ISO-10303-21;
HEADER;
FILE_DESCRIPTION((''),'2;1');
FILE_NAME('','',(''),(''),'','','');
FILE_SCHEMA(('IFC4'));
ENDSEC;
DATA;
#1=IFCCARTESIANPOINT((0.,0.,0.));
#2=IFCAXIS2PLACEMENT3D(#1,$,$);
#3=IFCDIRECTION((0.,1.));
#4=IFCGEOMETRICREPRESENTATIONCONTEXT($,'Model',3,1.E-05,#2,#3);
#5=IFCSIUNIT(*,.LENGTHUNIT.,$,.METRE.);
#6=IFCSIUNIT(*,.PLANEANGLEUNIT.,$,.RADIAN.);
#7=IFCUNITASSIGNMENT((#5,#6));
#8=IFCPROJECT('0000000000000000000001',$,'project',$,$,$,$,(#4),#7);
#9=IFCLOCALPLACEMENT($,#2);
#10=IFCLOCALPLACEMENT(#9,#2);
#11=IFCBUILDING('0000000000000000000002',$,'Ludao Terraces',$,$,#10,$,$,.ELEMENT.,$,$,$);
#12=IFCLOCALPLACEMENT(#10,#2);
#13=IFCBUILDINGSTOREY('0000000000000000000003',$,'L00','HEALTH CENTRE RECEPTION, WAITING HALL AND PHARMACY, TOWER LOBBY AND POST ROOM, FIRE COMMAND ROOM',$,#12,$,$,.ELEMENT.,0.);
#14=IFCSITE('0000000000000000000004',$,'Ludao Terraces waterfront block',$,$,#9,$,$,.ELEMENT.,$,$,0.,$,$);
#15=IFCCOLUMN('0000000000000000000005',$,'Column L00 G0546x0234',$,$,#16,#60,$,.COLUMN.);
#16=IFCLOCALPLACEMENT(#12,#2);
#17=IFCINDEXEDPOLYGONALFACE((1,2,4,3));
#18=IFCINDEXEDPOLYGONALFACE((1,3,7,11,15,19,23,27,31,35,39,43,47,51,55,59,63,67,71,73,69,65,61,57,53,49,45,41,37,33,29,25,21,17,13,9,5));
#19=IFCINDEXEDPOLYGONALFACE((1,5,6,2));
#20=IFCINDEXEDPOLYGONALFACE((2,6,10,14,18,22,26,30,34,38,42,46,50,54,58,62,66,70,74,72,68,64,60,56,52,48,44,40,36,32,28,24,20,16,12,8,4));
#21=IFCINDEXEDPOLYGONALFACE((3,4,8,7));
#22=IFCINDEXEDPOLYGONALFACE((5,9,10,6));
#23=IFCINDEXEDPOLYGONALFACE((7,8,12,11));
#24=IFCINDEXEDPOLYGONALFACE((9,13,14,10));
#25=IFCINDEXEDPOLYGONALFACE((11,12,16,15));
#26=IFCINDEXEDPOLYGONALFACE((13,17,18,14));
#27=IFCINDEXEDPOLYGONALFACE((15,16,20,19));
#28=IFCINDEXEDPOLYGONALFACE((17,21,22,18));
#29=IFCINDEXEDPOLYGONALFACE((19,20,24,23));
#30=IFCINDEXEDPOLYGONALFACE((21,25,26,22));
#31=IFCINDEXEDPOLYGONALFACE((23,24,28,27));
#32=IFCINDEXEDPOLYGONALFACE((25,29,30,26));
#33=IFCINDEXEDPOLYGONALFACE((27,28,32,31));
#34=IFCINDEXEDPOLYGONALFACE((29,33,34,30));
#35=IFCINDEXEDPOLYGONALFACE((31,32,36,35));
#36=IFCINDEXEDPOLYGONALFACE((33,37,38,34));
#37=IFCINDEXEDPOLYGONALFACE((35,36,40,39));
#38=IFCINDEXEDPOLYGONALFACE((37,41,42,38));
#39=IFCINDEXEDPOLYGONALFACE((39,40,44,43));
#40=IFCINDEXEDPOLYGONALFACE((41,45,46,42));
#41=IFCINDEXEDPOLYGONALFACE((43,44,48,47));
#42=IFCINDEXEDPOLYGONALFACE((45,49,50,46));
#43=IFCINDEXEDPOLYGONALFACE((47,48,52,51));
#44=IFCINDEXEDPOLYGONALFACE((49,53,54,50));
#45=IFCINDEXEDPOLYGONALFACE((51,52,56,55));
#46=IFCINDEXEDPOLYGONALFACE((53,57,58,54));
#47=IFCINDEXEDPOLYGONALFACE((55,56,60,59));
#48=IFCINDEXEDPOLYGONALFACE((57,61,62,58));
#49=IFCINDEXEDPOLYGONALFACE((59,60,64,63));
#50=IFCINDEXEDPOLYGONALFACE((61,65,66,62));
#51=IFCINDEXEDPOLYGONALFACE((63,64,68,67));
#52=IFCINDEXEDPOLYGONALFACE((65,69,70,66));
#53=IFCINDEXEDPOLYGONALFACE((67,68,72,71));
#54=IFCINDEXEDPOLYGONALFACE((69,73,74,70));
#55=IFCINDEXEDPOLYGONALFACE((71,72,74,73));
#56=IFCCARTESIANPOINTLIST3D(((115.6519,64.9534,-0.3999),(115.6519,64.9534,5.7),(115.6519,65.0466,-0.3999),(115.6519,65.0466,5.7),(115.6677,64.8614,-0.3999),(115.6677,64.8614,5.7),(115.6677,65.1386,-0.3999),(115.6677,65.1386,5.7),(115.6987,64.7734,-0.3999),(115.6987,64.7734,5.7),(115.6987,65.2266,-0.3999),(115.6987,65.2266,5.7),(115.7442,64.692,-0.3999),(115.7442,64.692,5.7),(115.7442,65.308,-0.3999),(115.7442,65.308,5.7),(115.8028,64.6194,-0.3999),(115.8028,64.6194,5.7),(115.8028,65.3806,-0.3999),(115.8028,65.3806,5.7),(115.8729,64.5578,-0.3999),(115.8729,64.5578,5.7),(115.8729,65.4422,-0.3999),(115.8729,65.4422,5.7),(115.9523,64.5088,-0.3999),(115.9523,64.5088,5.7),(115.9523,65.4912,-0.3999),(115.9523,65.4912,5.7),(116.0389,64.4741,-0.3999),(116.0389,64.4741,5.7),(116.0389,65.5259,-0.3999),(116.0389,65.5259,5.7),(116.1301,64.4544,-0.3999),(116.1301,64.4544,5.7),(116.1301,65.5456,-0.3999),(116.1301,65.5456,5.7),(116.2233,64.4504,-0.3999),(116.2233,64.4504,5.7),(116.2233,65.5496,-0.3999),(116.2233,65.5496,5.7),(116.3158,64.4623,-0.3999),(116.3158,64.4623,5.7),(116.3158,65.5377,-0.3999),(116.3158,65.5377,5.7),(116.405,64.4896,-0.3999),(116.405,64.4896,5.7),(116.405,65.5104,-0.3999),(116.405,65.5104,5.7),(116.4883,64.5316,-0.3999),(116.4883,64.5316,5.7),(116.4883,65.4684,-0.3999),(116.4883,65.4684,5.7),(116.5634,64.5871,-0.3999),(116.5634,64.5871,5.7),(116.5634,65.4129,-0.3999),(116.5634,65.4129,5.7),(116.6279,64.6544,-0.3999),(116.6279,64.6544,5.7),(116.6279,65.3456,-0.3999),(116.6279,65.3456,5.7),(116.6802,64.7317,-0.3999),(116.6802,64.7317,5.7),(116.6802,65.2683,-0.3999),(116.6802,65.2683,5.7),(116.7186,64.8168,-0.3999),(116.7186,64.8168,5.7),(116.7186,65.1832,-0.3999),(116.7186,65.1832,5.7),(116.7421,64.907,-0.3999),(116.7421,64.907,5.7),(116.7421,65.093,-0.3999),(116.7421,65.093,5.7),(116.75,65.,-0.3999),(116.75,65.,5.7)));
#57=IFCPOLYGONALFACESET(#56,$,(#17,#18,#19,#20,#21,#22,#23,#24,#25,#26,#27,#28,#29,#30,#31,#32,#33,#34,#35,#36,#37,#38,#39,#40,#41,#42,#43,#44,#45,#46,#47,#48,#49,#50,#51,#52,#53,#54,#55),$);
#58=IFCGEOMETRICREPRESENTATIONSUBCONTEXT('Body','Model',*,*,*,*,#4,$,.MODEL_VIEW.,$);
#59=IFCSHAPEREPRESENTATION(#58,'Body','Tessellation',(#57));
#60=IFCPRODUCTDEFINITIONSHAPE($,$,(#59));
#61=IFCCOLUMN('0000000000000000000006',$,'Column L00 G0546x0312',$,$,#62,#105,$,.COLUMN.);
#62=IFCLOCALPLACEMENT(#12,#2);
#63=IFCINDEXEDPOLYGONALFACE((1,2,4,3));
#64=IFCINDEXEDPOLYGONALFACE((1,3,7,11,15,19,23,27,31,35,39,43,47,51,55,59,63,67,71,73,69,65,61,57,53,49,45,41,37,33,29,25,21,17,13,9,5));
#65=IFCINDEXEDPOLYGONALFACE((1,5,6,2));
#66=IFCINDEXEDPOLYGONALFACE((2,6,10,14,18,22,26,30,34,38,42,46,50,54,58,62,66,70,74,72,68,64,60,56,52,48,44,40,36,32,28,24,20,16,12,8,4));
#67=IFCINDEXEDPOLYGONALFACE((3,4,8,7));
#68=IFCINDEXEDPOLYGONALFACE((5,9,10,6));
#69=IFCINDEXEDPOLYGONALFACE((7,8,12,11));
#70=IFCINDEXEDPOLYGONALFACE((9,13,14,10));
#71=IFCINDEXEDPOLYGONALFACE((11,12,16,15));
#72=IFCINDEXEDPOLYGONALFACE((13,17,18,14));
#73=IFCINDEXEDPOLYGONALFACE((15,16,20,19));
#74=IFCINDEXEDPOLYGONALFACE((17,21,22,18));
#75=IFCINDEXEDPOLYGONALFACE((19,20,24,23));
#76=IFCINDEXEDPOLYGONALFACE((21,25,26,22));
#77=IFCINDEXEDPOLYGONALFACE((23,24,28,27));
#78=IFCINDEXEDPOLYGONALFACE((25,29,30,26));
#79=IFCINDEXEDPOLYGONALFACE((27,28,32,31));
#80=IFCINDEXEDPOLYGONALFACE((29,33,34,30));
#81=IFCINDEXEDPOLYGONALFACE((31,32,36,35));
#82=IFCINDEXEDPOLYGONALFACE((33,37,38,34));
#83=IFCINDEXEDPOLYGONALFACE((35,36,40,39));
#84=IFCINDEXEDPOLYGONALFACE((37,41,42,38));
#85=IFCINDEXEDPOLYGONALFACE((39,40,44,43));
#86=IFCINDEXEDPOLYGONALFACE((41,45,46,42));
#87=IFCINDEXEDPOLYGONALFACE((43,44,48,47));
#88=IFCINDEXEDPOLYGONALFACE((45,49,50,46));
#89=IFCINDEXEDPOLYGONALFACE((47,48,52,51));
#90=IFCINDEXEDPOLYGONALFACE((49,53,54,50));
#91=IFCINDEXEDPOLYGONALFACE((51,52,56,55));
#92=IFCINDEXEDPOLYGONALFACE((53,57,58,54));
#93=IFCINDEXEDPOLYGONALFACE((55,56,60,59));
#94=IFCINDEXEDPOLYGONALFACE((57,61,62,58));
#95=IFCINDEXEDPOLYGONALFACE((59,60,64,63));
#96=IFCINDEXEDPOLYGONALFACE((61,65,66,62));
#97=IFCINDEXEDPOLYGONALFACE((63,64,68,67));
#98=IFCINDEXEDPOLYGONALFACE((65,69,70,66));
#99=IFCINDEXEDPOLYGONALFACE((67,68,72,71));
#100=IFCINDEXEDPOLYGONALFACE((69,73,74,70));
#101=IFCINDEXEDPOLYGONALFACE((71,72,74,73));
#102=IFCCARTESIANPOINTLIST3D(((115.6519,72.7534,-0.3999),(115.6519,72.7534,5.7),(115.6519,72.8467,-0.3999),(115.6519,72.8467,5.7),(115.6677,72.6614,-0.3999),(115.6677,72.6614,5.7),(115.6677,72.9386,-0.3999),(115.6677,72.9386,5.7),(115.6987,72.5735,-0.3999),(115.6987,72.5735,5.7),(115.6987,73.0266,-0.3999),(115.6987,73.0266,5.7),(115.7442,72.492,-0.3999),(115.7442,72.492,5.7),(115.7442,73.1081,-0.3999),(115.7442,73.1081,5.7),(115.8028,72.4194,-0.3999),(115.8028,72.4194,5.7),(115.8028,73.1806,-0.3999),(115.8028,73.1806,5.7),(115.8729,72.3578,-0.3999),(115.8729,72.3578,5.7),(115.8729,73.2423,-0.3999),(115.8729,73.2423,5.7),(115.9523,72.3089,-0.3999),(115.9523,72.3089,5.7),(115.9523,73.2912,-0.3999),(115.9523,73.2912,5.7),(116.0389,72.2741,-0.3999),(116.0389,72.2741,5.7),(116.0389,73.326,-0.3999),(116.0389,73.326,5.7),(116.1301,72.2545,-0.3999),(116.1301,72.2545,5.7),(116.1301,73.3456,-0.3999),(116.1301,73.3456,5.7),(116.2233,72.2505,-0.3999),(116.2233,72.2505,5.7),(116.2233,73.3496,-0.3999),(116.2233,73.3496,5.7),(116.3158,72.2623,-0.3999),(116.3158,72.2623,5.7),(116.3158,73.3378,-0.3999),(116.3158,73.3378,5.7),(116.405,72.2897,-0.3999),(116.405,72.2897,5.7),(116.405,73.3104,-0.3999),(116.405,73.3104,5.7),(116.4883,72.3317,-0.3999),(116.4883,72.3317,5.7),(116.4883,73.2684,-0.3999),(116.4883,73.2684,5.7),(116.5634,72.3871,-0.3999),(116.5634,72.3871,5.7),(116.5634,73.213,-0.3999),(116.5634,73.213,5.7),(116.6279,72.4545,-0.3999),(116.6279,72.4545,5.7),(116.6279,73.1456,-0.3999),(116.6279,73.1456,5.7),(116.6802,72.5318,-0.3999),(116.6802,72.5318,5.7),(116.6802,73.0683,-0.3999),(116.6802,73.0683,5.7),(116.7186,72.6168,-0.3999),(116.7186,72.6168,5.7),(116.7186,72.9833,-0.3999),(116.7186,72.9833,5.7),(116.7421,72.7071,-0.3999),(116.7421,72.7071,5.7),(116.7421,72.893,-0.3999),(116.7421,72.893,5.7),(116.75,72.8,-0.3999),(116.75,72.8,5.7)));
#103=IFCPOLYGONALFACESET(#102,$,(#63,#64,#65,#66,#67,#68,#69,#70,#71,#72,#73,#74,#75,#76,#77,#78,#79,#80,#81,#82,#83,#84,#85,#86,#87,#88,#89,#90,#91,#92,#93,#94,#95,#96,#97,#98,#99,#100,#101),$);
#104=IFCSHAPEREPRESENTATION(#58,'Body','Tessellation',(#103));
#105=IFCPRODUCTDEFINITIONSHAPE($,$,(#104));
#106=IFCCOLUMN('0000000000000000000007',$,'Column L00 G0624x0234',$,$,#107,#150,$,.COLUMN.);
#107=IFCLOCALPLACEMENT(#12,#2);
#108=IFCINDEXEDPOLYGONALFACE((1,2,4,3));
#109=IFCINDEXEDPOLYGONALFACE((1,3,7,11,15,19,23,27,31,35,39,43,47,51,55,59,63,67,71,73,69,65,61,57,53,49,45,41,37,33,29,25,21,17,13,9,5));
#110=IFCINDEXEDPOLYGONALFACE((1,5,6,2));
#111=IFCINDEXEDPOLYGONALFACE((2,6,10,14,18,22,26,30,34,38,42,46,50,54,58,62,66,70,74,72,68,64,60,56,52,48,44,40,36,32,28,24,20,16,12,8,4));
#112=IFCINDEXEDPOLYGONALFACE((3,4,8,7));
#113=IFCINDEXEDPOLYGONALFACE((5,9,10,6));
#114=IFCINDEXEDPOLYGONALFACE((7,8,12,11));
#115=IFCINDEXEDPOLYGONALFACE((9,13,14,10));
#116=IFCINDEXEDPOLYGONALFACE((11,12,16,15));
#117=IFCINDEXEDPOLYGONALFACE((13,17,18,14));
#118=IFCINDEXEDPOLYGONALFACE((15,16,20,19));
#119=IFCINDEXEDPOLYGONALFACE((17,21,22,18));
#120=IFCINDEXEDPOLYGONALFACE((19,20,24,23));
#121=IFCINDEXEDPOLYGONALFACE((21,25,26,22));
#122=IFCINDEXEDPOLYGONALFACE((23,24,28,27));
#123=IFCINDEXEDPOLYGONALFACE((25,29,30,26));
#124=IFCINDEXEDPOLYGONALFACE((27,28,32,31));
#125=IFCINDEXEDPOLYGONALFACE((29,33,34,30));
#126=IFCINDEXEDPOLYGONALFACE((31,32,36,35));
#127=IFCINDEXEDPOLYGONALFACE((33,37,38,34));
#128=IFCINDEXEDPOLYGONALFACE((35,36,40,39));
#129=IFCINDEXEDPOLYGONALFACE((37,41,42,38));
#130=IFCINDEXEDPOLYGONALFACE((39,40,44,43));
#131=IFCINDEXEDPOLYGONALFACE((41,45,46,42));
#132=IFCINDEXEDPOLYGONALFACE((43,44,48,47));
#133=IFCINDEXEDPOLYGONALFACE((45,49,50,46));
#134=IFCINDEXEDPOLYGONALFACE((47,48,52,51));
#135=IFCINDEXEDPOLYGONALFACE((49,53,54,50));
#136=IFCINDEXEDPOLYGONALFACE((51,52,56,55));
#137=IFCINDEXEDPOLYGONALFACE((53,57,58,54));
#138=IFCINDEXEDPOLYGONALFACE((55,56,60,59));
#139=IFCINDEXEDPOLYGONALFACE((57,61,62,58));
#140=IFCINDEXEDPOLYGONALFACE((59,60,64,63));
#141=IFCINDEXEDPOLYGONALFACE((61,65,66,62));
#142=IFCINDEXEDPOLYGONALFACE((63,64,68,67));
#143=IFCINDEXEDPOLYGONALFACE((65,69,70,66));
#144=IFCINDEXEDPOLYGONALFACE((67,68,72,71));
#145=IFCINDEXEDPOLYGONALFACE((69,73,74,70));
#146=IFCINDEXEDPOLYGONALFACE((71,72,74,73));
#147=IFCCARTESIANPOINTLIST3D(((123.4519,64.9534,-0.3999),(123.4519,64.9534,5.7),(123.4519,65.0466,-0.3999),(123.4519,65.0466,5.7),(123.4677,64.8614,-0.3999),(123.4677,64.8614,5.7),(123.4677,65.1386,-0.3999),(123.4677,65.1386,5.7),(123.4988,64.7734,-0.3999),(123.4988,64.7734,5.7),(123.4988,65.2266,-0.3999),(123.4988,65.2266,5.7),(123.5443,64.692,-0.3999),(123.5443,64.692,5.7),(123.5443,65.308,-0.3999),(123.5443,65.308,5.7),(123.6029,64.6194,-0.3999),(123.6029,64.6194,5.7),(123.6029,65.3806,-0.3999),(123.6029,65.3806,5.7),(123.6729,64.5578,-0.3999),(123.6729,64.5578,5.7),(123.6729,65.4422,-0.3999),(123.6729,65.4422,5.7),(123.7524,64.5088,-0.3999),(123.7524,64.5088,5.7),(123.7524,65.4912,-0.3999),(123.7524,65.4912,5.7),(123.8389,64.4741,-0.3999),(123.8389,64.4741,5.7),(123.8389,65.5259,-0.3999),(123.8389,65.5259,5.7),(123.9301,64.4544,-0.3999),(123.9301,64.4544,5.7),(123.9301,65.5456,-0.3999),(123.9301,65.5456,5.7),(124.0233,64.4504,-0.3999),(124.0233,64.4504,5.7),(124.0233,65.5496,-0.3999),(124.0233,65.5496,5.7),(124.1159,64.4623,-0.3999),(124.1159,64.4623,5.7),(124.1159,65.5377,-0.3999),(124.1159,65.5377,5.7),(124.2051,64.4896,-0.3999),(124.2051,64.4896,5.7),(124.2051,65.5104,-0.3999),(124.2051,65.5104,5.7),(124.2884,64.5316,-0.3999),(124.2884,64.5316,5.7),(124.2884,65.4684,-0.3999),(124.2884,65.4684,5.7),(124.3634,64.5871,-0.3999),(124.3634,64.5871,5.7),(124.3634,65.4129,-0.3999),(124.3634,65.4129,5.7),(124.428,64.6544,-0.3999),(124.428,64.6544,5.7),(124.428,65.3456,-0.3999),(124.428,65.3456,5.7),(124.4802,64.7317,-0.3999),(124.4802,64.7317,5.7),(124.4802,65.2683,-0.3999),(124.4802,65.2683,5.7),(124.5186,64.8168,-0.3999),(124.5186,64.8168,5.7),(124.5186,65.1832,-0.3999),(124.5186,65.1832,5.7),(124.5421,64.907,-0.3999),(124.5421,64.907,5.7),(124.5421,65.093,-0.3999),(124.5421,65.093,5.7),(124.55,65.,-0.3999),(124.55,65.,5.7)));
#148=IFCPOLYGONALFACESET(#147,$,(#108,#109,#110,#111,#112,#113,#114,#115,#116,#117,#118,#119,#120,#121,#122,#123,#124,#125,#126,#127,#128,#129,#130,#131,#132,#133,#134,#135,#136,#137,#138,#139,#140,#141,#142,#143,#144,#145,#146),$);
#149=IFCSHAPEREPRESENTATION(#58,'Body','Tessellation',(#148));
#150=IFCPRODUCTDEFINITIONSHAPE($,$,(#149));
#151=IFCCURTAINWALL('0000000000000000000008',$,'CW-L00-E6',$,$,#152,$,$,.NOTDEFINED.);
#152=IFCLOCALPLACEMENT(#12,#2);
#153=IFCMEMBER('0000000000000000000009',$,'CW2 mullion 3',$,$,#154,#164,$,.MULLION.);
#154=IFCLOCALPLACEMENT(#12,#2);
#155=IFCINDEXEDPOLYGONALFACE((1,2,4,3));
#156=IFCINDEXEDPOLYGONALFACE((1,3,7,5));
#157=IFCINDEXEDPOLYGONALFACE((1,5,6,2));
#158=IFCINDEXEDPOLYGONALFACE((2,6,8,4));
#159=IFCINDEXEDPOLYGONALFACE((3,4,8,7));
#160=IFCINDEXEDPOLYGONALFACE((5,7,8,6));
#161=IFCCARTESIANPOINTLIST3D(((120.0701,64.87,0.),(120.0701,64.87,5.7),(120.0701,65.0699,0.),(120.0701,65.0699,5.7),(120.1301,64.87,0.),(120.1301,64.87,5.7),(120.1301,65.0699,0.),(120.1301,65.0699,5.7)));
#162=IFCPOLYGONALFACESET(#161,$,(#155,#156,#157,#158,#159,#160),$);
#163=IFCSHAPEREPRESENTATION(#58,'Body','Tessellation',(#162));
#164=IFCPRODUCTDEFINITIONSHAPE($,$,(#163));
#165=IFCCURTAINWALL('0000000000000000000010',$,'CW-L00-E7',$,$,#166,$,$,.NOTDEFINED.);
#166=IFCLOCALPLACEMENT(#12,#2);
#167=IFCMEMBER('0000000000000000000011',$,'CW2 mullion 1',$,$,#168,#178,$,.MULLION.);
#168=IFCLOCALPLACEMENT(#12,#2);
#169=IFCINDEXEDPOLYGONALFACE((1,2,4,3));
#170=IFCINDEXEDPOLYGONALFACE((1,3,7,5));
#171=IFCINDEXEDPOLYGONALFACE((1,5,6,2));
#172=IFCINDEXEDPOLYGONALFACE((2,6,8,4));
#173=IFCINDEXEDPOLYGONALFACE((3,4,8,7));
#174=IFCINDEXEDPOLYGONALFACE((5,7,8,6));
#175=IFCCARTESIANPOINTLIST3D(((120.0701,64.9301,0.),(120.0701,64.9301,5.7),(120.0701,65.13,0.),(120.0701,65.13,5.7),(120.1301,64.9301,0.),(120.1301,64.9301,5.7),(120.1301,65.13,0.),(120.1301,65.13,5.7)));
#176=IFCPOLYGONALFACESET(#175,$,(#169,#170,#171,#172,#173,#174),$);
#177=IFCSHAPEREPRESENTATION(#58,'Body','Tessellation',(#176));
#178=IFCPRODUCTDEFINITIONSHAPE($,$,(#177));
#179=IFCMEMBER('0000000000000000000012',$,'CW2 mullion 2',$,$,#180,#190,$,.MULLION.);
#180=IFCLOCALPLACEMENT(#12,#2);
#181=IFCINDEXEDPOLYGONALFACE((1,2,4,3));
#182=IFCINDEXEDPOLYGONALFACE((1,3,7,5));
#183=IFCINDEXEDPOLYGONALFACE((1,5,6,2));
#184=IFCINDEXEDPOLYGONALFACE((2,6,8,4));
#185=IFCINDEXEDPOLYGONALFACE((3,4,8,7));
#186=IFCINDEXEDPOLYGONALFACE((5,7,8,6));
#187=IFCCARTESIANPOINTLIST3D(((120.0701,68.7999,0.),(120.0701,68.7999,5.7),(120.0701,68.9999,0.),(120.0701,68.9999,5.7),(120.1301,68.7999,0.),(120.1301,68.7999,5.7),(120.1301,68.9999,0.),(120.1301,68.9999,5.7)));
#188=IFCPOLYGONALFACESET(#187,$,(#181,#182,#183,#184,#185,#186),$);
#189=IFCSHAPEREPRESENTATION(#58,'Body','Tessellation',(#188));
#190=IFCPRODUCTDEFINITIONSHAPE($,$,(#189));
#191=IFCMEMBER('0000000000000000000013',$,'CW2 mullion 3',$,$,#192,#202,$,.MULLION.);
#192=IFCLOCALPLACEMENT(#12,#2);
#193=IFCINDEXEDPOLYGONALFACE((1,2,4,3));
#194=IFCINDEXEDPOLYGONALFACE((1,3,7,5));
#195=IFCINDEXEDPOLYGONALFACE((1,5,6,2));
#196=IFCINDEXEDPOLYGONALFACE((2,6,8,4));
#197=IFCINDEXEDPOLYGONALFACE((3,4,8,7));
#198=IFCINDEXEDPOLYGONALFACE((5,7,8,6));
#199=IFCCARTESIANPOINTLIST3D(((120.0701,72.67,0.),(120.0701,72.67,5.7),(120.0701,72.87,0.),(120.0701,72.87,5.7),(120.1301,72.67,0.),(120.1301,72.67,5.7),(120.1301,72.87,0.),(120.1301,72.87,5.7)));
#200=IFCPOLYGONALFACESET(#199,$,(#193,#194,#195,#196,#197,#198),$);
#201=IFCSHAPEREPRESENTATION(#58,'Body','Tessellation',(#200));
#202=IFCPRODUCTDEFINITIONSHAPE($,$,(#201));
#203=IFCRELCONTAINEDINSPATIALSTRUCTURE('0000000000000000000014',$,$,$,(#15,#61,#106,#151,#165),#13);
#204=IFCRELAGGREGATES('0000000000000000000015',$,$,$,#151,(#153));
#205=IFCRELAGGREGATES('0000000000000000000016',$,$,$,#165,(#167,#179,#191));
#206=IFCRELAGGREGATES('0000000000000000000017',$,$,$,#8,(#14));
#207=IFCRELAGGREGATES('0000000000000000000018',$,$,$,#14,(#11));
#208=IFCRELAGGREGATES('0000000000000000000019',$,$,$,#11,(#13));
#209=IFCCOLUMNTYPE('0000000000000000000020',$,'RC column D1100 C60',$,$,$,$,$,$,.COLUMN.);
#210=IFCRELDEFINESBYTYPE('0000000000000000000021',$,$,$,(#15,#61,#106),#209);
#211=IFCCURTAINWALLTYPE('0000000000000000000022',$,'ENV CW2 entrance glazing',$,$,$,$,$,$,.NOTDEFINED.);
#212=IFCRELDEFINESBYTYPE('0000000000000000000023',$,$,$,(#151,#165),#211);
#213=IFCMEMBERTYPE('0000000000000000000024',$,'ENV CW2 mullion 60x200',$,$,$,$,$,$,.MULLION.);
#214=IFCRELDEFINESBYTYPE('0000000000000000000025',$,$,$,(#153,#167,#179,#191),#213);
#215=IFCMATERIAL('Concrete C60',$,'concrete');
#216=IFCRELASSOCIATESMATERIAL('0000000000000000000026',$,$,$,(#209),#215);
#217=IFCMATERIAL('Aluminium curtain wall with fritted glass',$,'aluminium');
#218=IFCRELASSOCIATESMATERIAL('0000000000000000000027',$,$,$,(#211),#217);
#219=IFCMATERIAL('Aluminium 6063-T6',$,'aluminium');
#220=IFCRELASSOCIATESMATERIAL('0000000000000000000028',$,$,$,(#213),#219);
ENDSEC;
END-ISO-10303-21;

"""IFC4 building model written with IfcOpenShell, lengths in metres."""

from ifc_helpers import new_model, si_unit, direction, frame, origin, origin_2d, place, context, subcontext, project, spatial, rectangle, circle, extrude, material, material_profile, profile_set, type_object, element, aggregate, save


model = new_model("IFC4")

# Units and contexts
model_context = context("Model", 3, precision=1e-05, world=origin(), true_north=direction((0.0, 1.0)))
body_context = subcontext(model_context, "Body", "Model", "MODEL_VIEW")
ifc_project = project(units=[si_unit("LENGTHUNIT", "METRE"), si_unit("PLANEANGLEUNIT", "RADIAN")], contexts=[model_context])

# Site, building, storey
site_placement = place(None, origin())
site = spatial("IfcSite", under=ifc_project, at=site_placement, Name="Ludao Terraces waterfront block", CompositionType="ELEMENT", RefElevation=0.0)
building_placement = place(site_placement, origin())
building = spatial("IfcBuilding", under=site, at=building_placement, Name="Ludao Terraces", CompositionType="ELEMENT")
storey_placement = place(building_placement, origin())
storey = spatial("IfcBuildingStorey", under=building, at=storey_placement, Name="L00", Description="HEALTH CENTRE RECEPTION, WAITING HALL AND PHARMACY, TOWER LOBBY AND POST ROOM, FIRE COMMAND ROOM", CompositionType="ELEMENT", Elevation=0.0)

# Columns
ifc_material_1 = material(Name="Concrete C60", Category="concrete")
ifc_material_profile_1 = material_profile(ifc_material_1, circle(Radius=0.55, at=origin_2d()), Name="D1100")
ifc_profile_set_1 = profile_set([ifc_material_profile_1], Name="Concrete C60")
column_type = type_object("IfcColumnType", Name="RC column D1100 C60", PredefinedType="COLUMN", material=ifc_profile_set_1)
for number, where, z_axis, x_axis, name in (
    (1, (116.2, 65.0, -0.3999), (0.0, 0.0, 1.0), (1.0, 0.0, 0.0), "Column L00 G0546x0234"),
    (2, (116.2, 72.8, -0.3999), (0.0, 0.0, 1.0), (1.0, 0.0, 0.0), "Column L00 G0546x0312"),
    (3, (124.0, 65.0, -0.3999), (0.0, 0.0, 1.0), (1.0, 0.0, 0.0), "Column L00 G0624x0234"),
):
    element("IfcColumn", number, at=place(storey_placement, frame(where, z_axis=z_axis, x_axis=x_axis)), inside=storey, type_object=column_type, Name=name, PredefinedType="COLUMN", context=body_context, shape_type="SweptSolid", body=[
        extrude(circle(Radius=0.55, at=origin_2d()), origin(), (0.0, 0.0, 1.0), 6.0999),
    ])

# Curtain wall, member
ifc_material_2 = material(Name="Aluminium curtain wall with fritted glass", Category="aluminium")
curtain_wall_type = type_object("IfcCurtainWallType", Name="ENV CW2 entrance glazing", PredefinedType="NOTDEFINED", material=ifc_material_2)
curtain_wall_1_placement = place(storey_placement, origin())
curtain_wall_1 = element("IfcCurtainWall", 4, at=curtain_wall_1_placement, inside=storey, type_object=curtain_wall_type, Name="CW-L00-E6", PredefinedType="NOTDEFINED")
ifc_material_3 = material(Name="Aluminium 6063-T6", Category="aluminium")
ifc_material_profile_2 = material_profile(ifc_material_3, rectangle(XDim=0.0601, YDim=0.2, at=origin_2d()), Name="60 X 200")
ifc_profile_set_2 = profile_set([ifc_material_profile_2], Name="Aluminium 6063-T6")
member_type_1 = type_object("IfcMemberType", Name="ENV CW2 mullion 60x200", PredefinedType="MULLION", material=ifc_profile_set_2)
member_1_placement = place(storey_placement, frame((120.1001, 64.97, 0.0), z_axis=(0.0, 0.0, 1.0), x_axis=(-1.0, 0.0, 0.0)))
member_1 = element("IfcMember", 5, at=member_1_placement, type_object=member_type_1, Name="CW2 mullion 3", PredefinedType="MULLION", context=body_context, shape_type="SweptSolid", body=[
    extrude(rectangle(XDim=0.0601, YDim=0.2, at=origin_2d()), origin(), (0.0, 0.0, 1.0), 5.7),
])

# Curtain wall, members
curtain_wall_2_placement = place(storey_placement, origin())
curtain_wall_2 = element("IfcCurtainWall", 6, at=curtain_wall_2_placement, inside=storey, type_object=curtain_wall_type, Name="CW-L00-E7", PredefinedType="NOTDEFINED")
member_2_placement = place(storey_placement, frame((120.1001, 65.03, 0.0), z_axis=(0.0, 0.0, 1.0), x_axis=(-1.0, 0.0, 0.0)))
member_2 = element("IfcMember", 7, at=member_2_placement, type_object=member_type_1, Name="CW2 mullion 1", PredefinedType="MULLION", context=body_context, shape_type="SweptSolid", body=[
    extrude(rectangle(XDim=0.0601, YDim=0.2, at=origin_2d()), origin(), (0.0, 0.0, 1.0), 5.7),
])
member_3_placement = place(storey_placement, frame((120.1001, 68.8999, 0.0), z_axis=(0.0, 0.0, 1.0), x_axis=(-1.0, 0.0, 0.0)))
member_3 = element("IfcMember", 8, at=member_3_placement, type_object=member_type_1, Name="CW2 mullion 2", PredefinedType="MULLION", context=body_context, shape_type="SweptSolid", body=[
    extrude(rectangle(XDim=0.0601, YDim=0.2, at=origin_2d()), origin(), (0.0, 0.0, 1.0), 5.7),
])
member_4_placement = place(storey_placement, frame((120.1001, 72.77, 0.0), z_axis=(0.0, 0.0, 1.0), x_axis=(-1.0, 0.0, 0.0)))
member_4 = element("IfcMember", 9, at=member_4_placement, type_object=member_type_1, Name="CW2 mullion 3", PredefinedType="MULLION", context=body_context, shape_type="SweptSolid", body=[
    extrude(rectangle(XDim=0.0601, YDim=0.2, at=origin_2d()), origin(), (0.0, 0.0, 1.0), 5.7),
])

aggregate(curtain_wall_1, [member_1])
aggregate(curtain_wall_2, [member_2, member_3, member_4])

save(model, "model.ifc")
